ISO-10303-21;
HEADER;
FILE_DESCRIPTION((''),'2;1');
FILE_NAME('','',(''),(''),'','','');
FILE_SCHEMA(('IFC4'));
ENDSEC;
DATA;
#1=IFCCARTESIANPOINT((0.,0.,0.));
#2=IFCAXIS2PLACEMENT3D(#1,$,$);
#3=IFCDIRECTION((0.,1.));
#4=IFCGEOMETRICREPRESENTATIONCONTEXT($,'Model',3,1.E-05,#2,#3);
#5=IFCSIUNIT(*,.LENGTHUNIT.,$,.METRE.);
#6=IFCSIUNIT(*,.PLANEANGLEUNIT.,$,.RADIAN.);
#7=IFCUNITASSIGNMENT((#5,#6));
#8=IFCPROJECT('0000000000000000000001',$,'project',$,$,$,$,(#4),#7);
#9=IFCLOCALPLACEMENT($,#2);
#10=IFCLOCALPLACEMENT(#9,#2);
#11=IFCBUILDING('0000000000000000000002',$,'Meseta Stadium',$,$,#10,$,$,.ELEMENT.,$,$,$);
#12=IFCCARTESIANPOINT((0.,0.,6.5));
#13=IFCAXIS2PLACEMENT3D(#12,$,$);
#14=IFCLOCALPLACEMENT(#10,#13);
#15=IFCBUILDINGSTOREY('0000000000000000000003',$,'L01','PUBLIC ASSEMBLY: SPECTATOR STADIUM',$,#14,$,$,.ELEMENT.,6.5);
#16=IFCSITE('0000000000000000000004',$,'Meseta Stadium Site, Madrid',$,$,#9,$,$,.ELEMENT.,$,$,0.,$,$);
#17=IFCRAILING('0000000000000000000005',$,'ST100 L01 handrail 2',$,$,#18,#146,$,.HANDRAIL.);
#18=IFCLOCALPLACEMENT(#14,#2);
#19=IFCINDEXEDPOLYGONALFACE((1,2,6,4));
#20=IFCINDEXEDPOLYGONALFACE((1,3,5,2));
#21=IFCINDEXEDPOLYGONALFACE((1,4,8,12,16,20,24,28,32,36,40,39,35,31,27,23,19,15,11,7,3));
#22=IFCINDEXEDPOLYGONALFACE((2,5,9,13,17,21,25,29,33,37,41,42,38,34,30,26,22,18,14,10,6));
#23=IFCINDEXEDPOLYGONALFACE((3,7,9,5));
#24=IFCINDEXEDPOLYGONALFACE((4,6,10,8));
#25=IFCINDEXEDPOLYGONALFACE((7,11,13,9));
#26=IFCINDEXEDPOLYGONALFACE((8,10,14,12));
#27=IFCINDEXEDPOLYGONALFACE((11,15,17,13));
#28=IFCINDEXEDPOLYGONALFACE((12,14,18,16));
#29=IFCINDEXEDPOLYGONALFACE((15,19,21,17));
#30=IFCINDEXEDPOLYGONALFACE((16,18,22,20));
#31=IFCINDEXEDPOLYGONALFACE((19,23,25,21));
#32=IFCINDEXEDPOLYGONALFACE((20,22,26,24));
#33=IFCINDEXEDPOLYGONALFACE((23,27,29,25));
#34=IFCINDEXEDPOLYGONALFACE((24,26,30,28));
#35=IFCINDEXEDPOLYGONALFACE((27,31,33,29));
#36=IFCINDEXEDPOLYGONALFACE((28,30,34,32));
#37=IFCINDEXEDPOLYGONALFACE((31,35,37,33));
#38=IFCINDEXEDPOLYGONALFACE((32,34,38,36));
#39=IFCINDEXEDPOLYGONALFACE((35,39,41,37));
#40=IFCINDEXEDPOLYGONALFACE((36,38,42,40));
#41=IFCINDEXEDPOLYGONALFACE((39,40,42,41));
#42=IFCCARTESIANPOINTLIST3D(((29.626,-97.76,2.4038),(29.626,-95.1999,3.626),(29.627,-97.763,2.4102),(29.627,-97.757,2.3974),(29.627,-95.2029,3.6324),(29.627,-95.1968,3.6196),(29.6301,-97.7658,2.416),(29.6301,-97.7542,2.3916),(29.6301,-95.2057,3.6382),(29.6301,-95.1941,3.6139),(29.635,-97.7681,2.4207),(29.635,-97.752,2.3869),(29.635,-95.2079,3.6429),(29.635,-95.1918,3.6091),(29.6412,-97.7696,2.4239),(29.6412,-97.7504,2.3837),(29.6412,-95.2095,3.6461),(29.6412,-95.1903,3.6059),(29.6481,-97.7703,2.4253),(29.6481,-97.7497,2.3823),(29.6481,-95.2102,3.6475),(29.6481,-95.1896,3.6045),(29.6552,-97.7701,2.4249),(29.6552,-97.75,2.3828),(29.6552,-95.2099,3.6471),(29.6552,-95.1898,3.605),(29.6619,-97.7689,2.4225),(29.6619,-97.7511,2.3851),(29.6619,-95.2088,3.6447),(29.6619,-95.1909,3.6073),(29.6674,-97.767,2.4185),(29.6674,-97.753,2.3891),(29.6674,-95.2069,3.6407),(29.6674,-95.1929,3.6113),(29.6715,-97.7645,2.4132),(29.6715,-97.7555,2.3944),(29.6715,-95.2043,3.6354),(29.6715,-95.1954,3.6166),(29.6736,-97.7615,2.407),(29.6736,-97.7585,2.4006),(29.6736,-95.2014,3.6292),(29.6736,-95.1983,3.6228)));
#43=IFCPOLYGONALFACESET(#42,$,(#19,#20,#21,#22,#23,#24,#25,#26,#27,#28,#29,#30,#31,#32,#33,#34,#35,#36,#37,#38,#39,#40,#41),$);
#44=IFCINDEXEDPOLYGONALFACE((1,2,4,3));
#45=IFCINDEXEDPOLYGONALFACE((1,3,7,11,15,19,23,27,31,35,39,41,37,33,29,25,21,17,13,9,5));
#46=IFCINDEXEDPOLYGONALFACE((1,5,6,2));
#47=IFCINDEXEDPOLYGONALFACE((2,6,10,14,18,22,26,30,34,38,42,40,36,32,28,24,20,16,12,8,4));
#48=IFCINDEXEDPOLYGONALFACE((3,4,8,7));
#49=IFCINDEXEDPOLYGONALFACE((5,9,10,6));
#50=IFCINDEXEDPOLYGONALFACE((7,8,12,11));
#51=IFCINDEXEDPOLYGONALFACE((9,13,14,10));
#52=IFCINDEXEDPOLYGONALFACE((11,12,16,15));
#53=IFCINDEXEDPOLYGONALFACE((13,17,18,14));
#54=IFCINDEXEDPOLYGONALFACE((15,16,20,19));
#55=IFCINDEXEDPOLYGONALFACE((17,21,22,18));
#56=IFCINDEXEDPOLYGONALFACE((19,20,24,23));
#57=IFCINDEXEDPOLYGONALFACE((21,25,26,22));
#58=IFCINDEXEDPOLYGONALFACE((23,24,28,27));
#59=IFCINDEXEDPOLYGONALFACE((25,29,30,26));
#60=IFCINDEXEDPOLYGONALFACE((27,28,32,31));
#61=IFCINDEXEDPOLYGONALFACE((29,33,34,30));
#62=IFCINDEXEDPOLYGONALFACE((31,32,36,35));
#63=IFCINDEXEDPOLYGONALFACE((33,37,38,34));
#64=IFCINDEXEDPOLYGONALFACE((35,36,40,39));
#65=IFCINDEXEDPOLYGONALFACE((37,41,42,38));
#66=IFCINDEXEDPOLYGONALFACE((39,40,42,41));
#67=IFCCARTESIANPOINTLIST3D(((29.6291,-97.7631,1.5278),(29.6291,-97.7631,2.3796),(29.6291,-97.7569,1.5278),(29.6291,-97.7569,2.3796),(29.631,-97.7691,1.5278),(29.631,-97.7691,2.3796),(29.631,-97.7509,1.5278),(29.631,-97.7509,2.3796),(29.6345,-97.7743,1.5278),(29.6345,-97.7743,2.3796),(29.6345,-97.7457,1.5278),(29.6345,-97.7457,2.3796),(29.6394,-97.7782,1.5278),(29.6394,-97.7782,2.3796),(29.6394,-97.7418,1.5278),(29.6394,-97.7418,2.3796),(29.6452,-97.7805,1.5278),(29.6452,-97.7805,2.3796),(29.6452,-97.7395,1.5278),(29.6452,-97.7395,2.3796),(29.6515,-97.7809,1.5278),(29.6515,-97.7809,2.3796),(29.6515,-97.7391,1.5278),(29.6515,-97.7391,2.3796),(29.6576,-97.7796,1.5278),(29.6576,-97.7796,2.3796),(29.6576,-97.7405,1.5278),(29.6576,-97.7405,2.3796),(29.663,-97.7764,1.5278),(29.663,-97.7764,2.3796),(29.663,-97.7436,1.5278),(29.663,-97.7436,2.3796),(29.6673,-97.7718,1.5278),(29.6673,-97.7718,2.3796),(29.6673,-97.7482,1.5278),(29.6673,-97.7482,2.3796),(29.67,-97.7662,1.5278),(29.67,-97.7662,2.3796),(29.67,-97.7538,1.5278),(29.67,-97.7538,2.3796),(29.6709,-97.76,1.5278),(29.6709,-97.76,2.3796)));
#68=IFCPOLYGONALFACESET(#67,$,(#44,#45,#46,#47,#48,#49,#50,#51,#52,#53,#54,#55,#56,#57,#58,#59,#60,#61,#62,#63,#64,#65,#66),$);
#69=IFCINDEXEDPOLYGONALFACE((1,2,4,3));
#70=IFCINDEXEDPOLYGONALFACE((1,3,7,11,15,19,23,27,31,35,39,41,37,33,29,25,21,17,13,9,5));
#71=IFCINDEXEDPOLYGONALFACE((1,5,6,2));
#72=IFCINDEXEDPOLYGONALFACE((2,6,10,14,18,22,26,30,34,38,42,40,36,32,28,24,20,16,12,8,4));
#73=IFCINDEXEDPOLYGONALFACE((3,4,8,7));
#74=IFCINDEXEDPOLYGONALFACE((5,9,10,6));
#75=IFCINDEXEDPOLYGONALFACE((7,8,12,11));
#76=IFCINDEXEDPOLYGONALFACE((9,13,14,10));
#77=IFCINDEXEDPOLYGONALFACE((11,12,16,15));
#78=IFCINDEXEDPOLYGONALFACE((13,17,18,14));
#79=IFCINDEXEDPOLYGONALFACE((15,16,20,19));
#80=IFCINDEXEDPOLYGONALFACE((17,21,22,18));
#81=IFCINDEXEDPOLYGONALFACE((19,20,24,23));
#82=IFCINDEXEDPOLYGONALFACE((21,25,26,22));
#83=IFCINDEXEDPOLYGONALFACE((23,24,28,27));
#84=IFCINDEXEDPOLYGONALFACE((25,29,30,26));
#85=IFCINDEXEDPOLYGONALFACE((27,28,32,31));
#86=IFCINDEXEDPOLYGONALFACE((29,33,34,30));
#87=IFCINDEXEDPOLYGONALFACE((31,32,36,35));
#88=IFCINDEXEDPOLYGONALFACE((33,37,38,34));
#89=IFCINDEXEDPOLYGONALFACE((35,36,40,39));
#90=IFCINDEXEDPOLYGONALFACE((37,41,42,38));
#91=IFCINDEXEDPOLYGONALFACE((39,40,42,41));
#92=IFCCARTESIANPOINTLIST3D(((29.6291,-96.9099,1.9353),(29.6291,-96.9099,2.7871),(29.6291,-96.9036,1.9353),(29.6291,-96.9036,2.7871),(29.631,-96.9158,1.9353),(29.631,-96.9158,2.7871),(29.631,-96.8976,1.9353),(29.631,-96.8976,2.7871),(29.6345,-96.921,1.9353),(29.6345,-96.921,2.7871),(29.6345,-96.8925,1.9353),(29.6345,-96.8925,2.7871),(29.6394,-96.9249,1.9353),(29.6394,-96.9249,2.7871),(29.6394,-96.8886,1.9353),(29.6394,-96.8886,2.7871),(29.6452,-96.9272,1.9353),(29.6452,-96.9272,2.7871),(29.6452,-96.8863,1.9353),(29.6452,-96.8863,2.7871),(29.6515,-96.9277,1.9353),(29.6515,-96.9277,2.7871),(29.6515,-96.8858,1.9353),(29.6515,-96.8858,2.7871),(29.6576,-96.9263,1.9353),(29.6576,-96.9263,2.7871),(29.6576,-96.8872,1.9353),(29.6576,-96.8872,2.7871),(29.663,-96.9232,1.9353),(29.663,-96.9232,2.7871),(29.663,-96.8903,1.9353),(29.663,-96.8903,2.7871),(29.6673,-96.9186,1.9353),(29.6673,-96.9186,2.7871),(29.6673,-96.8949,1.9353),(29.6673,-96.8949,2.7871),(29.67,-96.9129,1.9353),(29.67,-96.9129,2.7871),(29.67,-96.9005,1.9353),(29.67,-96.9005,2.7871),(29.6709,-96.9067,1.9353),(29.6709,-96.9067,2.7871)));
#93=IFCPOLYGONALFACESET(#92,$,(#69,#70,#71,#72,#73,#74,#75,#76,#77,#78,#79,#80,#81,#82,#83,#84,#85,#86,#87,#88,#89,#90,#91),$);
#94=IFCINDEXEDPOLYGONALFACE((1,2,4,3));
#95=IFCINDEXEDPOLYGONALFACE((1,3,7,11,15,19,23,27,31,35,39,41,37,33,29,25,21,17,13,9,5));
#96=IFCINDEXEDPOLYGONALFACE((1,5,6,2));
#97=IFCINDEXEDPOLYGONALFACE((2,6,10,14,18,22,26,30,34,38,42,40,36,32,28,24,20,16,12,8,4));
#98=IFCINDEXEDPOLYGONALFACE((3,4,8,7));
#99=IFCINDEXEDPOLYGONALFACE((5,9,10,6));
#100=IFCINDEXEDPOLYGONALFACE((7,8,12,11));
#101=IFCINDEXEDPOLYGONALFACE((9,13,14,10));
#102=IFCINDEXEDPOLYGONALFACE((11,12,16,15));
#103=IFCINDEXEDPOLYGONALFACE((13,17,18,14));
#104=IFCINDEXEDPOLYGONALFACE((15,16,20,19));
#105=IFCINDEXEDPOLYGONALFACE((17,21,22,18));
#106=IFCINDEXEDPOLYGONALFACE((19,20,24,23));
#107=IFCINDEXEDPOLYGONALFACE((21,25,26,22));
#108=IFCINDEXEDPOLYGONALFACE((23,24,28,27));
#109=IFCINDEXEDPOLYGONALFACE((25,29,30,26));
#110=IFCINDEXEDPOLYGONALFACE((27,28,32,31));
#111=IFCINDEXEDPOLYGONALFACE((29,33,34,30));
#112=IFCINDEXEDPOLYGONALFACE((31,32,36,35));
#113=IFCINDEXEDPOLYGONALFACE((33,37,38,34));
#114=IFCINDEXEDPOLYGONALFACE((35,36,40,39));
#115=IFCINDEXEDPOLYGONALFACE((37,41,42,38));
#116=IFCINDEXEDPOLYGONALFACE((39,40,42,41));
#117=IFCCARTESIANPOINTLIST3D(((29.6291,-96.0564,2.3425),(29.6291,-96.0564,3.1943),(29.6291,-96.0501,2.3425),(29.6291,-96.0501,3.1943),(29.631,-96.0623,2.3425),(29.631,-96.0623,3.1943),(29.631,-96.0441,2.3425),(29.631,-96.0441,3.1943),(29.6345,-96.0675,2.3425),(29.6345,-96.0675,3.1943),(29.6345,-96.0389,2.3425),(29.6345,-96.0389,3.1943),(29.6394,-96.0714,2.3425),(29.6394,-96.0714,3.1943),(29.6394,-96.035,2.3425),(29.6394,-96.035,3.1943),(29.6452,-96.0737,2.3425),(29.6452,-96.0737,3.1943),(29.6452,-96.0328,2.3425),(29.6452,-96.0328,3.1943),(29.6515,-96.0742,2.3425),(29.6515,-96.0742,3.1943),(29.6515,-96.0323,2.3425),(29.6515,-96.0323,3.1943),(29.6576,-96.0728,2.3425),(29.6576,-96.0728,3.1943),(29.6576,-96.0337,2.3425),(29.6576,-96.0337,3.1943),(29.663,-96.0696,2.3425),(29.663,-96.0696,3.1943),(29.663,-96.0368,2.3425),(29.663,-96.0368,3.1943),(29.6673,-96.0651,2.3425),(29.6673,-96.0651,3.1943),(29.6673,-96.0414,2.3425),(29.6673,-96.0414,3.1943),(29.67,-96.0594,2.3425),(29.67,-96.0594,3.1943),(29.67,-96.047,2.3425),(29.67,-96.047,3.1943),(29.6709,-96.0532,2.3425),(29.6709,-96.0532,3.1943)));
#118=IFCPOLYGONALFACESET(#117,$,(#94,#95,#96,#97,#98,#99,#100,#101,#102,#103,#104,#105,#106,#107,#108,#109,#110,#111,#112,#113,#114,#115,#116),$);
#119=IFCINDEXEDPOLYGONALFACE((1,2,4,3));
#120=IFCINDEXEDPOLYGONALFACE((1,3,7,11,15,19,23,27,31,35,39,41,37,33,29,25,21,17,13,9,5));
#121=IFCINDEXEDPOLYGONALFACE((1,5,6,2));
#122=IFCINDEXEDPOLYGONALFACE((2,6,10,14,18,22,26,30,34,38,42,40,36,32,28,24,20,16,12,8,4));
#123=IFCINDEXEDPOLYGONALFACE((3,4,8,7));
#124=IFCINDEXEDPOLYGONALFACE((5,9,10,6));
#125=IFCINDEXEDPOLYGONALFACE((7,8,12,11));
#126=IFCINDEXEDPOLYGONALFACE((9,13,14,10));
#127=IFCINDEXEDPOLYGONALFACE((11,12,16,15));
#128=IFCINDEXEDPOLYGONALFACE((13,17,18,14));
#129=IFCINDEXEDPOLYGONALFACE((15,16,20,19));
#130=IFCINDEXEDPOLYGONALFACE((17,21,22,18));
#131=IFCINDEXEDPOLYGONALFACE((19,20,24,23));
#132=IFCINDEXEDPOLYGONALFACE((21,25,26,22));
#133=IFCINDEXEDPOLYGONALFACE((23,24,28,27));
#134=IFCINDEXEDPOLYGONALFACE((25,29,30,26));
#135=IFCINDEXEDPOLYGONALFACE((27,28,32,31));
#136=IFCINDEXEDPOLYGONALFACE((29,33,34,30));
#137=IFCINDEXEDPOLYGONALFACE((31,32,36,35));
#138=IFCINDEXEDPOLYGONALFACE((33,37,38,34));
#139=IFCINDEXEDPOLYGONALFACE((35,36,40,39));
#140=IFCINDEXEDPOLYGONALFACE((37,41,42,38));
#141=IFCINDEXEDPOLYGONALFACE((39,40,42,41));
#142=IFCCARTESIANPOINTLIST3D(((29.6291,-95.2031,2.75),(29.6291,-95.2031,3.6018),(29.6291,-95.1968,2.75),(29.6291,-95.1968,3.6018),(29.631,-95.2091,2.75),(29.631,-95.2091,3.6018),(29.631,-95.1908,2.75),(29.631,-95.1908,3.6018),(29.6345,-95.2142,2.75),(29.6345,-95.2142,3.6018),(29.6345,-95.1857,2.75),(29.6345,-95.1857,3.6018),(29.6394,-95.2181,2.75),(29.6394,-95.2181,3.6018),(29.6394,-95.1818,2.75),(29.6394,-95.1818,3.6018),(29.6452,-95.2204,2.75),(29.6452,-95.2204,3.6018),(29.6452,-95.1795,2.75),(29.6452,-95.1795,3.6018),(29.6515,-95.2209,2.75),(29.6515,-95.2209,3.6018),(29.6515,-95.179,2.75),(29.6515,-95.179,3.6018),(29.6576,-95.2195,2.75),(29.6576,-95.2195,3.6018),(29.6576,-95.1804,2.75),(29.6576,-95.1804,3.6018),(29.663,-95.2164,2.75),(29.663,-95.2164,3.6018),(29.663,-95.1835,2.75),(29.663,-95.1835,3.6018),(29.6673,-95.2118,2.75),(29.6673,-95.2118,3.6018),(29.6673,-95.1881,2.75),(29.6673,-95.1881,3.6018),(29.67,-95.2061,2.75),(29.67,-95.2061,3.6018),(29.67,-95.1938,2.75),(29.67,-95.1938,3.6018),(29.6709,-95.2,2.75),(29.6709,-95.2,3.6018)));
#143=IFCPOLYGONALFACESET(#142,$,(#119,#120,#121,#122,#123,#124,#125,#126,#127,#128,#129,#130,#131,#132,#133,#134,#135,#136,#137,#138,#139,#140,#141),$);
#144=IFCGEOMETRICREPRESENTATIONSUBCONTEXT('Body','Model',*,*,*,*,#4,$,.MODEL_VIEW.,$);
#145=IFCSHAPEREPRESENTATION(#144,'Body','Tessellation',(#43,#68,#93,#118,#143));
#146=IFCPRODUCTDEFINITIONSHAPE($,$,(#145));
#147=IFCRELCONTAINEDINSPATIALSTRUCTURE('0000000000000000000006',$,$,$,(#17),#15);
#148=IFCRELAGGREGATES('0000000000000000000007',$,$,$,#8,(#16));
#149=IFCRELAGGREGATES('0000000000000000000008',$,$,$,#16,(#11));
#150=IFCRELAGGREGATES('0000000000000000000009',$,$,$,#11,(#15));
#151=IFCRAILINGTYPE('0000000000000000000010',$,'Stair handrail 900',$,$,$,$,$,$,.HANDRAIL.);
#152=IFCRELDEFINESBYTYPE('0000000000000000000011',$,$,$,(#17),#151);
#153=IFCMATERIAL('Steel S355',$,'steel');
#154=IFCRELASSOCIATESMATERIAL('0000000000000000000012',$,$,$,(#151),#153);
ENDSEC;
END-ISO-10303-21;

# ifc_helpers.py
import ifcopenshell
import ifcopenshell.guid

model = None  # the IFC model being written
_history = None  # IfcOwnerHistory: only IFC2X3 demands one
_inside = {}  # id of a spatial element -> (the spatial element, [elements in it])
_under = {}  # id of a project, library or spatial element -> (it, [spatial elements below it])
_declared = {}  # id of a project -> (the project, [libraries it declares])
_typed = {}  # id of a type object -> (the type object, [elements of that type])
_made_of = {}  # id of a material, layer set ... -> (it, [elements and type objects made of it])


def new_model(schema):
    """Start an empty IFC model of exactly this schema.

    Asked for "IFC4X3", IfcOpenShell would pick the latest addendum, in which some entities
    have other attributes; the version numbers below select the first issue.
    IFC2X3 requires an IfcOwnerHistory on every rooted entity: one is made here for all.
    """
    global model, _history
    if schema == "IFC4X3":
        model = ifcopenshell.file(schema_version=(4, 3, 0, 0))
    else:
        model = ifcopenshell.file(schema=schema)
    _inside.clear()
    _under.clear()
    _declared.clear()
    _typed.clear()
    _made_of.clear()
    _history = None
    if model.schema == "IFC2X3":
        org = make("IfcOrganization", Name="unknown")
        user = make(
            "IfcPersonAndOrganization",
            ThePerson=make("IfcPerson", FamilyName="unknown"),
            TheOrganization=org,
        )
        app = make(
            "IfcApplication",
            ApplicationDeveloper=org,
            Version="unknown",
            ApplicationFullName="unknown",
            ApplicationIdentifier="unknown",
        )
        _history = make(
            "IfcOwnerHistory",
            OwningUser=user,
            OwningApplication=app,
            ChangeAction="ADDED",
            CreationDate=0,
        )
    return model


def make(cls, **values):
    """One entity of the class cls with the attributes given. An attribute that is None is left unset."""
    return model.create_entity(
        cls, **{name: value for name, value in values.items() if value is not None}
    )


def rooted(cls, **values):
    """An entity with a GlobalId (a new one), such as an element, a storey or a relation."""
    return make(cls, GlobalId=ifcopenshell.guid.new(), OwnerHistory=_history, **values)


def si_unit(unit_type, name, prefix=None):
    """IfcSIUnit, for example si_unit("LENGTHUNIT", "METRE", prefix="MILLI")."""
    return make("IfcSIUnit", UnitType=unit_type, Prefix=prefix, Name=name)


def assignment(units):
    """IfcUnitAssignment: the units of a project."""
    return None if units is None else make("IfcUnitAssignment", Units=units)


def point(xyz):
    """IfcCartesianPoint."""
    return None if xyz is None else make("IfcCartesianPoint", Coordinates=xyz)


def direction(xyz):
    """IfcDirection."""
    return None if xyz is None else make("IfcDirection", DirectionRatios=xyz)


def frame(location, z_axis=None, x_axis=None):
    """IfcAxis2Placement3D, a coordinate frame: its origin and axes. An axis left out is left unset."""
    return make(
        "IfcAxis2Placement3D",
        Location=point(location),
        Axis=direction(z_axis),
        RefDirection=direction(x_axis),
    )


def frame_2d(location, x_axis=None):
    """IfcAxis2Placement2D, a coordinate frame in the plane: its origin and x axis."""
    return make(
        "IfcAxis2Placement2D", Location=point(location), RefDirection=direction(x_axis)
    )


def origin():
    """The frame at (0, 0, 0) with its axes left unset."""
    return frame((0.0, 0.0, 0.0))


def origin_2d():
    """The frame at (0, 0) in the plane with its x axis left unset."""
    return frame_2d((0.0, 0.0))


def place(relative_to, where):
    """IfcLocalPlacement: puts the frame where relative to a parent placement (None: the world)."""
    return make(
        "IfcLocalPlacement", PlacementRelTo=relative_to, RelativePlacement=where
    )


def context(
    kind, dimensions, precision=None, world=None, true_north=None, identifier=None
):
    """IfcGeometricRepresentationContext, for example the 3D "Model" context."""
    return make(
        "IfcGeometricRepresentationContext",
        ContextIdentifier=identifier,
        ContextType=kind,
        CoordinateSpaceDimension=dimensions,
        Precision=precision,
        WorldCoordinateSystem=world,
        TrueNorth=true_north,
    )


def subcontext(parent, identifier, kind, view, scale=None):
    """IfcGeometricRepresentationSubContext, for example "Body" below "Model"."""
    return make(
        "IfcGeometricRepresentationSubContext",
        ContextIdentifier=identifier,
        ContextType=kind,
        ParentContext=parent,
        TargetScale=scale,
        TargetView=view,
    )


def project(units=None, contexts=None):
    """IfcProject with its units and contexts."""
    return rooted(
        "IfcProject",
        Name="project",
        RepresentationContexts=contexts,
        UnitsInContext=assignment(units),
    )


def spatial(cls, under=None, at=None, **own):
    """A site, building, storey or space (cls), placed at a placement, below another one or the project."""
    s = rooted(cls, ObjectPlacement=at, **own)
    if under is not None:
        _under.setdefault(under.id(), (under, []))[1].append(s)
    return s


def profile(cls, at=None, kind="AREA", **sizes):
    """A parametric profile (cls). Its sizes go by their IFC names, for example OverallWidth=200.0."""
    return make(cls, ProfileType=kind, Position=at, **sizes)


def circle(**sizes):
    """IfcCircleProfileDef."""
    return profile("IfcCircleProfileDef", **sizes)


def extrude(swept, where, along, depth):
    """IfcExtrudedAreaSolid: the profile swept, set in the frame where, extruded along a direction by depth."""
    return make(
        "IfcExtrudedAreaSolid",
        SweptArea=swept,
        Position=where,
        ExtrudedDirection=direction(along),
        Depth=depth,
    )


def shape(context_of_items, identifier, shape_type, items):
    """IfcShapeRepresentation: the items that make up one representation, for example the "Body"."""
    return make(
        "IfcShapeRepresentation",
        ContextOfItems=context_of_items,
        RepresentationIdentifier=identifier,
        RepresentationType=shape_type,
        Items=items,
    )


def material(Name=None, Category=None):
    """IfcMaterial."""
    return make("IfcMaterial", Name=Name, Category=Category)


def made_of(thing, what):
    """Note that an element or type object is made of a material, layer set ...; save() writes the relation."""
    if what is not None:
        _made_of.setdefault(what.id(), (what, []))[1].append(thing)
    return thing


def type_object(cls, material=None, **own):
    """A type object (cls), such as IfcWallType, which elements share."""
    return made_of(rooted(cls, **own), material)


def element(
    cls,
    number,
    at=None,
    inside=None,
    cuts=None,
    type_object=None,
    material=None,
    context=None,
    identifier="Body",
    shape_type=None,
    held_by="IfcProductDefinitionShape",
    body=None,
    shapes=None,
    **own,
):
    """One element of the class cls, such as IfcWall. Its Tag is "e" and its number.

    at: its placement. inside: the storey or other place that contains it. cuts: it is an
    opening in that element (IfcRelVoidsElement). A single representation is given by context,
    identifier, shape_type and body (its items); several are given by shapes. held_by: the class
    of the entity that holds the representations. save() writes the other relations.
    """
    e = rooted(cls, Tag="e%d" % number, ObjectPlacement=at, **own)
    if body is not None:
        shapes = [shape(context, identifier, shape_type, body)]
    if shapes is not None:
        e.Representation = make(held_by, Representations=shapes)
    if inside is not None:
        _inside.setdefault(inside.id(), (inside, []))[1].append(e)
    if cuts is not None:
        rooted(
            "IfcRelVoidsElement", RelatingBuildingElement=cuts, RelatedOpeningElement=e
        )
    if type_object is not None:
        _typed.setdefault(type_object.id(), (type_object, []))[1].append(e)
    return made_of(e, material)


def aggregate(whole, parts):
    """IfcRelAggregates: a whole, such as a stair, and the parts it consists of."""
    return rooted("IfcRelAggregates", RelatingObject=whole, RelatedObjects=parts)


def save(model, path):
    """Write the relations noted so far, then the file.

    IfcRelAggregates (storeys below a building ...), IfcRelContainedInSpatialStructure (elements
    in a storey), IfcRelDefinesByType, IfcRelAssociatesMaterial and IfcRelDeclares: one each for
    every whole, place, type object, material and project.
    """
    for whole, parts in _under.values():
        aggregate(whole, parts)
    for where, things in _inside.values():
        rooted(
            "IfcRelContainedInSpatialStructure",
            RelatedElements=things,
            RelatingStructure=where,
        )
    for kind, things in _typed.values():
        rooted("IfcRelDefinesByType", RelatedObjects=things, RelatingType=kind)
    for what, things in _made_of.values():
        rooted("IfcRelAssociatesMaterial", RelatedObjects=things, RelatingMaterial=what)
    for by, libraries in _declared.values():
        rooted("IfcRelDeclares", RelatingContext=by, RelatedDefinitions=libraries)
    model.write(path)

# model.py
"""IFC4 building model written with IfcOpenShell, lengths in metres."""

from ifc_helpers import new_model, si_unit, direction, frame, origin, origin_2d, place, context, subcontext, project, spatial, circle, extrude, material, type_object, element, save


model = new_model("IFC4")

# Units and contexts
model_context = context("Model", 3, precision=1e-05, world=origin(), true_north=direction((0.0, 1.0)))
body_context = subcontext(model_context, "Body", "Model", "MODEL_VIEW")
ifc_project = project(units=[si_unit("LENGTHUNIT", "METRE"), si_unit("PLANEANGLEUNIT", "RADIAN")], contexts=[model_context])

# Site, building, storey
site_placement = place(None, origin())
site = spatial("IfcSite", under=ifc_project, at=site_placement, Name="Meseta Stadium Site, Madrid", CompositionType="ELEMENT", RefElevation=0.0)
building_placement = place(site_placement, origin())
building = spatial("IfcBuilding", under=site, at=building_placement, Name="Meseta Stadium", CompositionType="ELEMENT")
storey_placement = place(building_placement, frame((0.0, 0.0, 6.5)))
storey = spatial("IfcBuildingStorey", under=building, at=storey_placement, Name="L01", Description="PUBLIC ASSEMBLY: SPECTATOR STADIUM", CompositionType="ELEMENT", Elevation=6.5)

# Railing
ifc_material_1 = material(Name="Steel S355", Category="steel")
railing_type_1 = type_object("IfcRailingType", Name="Stair handrail 900", PredefinedType="HANDRAIL", material=ifc_material_1)
railing_1_placement = place(storey_placement, frame((29.6499, -97.76, 1.5278)))
element("IfcRailing", 1, at=railing_1_placement, inside=storey, type_object=railing_type_1, Name="ST100 L01 handrail 2", PredefinedType="HANDRAIL", context=body_context, shape_type="SweptSolid", body=[
    extrude(circle(Radius=0.0239, at=origin_2d()), frame((0.0, 0.0, 0.876), z_axis=(0.0, 0.902437, 0.430822), x_axis=(-1.0, 0.0, 0.0)), (0.0, 0.0, 1.0), 2.8369),
    extrude(circle(Radius=0.021, at=origin_2d()), origin(), (0.0, 0.0, 1.0), 0.8518),
    extrude(circle(Radius=0.021, at=origin_2d()), frame((0.0, 0.8533, 0.4075)), (0.0, 0.0, 1.0), 0.8518),
    extrude(circle(Radius=0.021, at=origin_2d()), frame((0.0, 1.7068, 0.8147)), (0.0, 0.0, 1.0), 0.8518),
    extrude(circle(Radius=0.021, at=origin_2d()), frame((0.0, 2.5601, 1.2222)), (0.0, 0.0, 1.0), 0.8518),
])

save(model, "model.ifc")
